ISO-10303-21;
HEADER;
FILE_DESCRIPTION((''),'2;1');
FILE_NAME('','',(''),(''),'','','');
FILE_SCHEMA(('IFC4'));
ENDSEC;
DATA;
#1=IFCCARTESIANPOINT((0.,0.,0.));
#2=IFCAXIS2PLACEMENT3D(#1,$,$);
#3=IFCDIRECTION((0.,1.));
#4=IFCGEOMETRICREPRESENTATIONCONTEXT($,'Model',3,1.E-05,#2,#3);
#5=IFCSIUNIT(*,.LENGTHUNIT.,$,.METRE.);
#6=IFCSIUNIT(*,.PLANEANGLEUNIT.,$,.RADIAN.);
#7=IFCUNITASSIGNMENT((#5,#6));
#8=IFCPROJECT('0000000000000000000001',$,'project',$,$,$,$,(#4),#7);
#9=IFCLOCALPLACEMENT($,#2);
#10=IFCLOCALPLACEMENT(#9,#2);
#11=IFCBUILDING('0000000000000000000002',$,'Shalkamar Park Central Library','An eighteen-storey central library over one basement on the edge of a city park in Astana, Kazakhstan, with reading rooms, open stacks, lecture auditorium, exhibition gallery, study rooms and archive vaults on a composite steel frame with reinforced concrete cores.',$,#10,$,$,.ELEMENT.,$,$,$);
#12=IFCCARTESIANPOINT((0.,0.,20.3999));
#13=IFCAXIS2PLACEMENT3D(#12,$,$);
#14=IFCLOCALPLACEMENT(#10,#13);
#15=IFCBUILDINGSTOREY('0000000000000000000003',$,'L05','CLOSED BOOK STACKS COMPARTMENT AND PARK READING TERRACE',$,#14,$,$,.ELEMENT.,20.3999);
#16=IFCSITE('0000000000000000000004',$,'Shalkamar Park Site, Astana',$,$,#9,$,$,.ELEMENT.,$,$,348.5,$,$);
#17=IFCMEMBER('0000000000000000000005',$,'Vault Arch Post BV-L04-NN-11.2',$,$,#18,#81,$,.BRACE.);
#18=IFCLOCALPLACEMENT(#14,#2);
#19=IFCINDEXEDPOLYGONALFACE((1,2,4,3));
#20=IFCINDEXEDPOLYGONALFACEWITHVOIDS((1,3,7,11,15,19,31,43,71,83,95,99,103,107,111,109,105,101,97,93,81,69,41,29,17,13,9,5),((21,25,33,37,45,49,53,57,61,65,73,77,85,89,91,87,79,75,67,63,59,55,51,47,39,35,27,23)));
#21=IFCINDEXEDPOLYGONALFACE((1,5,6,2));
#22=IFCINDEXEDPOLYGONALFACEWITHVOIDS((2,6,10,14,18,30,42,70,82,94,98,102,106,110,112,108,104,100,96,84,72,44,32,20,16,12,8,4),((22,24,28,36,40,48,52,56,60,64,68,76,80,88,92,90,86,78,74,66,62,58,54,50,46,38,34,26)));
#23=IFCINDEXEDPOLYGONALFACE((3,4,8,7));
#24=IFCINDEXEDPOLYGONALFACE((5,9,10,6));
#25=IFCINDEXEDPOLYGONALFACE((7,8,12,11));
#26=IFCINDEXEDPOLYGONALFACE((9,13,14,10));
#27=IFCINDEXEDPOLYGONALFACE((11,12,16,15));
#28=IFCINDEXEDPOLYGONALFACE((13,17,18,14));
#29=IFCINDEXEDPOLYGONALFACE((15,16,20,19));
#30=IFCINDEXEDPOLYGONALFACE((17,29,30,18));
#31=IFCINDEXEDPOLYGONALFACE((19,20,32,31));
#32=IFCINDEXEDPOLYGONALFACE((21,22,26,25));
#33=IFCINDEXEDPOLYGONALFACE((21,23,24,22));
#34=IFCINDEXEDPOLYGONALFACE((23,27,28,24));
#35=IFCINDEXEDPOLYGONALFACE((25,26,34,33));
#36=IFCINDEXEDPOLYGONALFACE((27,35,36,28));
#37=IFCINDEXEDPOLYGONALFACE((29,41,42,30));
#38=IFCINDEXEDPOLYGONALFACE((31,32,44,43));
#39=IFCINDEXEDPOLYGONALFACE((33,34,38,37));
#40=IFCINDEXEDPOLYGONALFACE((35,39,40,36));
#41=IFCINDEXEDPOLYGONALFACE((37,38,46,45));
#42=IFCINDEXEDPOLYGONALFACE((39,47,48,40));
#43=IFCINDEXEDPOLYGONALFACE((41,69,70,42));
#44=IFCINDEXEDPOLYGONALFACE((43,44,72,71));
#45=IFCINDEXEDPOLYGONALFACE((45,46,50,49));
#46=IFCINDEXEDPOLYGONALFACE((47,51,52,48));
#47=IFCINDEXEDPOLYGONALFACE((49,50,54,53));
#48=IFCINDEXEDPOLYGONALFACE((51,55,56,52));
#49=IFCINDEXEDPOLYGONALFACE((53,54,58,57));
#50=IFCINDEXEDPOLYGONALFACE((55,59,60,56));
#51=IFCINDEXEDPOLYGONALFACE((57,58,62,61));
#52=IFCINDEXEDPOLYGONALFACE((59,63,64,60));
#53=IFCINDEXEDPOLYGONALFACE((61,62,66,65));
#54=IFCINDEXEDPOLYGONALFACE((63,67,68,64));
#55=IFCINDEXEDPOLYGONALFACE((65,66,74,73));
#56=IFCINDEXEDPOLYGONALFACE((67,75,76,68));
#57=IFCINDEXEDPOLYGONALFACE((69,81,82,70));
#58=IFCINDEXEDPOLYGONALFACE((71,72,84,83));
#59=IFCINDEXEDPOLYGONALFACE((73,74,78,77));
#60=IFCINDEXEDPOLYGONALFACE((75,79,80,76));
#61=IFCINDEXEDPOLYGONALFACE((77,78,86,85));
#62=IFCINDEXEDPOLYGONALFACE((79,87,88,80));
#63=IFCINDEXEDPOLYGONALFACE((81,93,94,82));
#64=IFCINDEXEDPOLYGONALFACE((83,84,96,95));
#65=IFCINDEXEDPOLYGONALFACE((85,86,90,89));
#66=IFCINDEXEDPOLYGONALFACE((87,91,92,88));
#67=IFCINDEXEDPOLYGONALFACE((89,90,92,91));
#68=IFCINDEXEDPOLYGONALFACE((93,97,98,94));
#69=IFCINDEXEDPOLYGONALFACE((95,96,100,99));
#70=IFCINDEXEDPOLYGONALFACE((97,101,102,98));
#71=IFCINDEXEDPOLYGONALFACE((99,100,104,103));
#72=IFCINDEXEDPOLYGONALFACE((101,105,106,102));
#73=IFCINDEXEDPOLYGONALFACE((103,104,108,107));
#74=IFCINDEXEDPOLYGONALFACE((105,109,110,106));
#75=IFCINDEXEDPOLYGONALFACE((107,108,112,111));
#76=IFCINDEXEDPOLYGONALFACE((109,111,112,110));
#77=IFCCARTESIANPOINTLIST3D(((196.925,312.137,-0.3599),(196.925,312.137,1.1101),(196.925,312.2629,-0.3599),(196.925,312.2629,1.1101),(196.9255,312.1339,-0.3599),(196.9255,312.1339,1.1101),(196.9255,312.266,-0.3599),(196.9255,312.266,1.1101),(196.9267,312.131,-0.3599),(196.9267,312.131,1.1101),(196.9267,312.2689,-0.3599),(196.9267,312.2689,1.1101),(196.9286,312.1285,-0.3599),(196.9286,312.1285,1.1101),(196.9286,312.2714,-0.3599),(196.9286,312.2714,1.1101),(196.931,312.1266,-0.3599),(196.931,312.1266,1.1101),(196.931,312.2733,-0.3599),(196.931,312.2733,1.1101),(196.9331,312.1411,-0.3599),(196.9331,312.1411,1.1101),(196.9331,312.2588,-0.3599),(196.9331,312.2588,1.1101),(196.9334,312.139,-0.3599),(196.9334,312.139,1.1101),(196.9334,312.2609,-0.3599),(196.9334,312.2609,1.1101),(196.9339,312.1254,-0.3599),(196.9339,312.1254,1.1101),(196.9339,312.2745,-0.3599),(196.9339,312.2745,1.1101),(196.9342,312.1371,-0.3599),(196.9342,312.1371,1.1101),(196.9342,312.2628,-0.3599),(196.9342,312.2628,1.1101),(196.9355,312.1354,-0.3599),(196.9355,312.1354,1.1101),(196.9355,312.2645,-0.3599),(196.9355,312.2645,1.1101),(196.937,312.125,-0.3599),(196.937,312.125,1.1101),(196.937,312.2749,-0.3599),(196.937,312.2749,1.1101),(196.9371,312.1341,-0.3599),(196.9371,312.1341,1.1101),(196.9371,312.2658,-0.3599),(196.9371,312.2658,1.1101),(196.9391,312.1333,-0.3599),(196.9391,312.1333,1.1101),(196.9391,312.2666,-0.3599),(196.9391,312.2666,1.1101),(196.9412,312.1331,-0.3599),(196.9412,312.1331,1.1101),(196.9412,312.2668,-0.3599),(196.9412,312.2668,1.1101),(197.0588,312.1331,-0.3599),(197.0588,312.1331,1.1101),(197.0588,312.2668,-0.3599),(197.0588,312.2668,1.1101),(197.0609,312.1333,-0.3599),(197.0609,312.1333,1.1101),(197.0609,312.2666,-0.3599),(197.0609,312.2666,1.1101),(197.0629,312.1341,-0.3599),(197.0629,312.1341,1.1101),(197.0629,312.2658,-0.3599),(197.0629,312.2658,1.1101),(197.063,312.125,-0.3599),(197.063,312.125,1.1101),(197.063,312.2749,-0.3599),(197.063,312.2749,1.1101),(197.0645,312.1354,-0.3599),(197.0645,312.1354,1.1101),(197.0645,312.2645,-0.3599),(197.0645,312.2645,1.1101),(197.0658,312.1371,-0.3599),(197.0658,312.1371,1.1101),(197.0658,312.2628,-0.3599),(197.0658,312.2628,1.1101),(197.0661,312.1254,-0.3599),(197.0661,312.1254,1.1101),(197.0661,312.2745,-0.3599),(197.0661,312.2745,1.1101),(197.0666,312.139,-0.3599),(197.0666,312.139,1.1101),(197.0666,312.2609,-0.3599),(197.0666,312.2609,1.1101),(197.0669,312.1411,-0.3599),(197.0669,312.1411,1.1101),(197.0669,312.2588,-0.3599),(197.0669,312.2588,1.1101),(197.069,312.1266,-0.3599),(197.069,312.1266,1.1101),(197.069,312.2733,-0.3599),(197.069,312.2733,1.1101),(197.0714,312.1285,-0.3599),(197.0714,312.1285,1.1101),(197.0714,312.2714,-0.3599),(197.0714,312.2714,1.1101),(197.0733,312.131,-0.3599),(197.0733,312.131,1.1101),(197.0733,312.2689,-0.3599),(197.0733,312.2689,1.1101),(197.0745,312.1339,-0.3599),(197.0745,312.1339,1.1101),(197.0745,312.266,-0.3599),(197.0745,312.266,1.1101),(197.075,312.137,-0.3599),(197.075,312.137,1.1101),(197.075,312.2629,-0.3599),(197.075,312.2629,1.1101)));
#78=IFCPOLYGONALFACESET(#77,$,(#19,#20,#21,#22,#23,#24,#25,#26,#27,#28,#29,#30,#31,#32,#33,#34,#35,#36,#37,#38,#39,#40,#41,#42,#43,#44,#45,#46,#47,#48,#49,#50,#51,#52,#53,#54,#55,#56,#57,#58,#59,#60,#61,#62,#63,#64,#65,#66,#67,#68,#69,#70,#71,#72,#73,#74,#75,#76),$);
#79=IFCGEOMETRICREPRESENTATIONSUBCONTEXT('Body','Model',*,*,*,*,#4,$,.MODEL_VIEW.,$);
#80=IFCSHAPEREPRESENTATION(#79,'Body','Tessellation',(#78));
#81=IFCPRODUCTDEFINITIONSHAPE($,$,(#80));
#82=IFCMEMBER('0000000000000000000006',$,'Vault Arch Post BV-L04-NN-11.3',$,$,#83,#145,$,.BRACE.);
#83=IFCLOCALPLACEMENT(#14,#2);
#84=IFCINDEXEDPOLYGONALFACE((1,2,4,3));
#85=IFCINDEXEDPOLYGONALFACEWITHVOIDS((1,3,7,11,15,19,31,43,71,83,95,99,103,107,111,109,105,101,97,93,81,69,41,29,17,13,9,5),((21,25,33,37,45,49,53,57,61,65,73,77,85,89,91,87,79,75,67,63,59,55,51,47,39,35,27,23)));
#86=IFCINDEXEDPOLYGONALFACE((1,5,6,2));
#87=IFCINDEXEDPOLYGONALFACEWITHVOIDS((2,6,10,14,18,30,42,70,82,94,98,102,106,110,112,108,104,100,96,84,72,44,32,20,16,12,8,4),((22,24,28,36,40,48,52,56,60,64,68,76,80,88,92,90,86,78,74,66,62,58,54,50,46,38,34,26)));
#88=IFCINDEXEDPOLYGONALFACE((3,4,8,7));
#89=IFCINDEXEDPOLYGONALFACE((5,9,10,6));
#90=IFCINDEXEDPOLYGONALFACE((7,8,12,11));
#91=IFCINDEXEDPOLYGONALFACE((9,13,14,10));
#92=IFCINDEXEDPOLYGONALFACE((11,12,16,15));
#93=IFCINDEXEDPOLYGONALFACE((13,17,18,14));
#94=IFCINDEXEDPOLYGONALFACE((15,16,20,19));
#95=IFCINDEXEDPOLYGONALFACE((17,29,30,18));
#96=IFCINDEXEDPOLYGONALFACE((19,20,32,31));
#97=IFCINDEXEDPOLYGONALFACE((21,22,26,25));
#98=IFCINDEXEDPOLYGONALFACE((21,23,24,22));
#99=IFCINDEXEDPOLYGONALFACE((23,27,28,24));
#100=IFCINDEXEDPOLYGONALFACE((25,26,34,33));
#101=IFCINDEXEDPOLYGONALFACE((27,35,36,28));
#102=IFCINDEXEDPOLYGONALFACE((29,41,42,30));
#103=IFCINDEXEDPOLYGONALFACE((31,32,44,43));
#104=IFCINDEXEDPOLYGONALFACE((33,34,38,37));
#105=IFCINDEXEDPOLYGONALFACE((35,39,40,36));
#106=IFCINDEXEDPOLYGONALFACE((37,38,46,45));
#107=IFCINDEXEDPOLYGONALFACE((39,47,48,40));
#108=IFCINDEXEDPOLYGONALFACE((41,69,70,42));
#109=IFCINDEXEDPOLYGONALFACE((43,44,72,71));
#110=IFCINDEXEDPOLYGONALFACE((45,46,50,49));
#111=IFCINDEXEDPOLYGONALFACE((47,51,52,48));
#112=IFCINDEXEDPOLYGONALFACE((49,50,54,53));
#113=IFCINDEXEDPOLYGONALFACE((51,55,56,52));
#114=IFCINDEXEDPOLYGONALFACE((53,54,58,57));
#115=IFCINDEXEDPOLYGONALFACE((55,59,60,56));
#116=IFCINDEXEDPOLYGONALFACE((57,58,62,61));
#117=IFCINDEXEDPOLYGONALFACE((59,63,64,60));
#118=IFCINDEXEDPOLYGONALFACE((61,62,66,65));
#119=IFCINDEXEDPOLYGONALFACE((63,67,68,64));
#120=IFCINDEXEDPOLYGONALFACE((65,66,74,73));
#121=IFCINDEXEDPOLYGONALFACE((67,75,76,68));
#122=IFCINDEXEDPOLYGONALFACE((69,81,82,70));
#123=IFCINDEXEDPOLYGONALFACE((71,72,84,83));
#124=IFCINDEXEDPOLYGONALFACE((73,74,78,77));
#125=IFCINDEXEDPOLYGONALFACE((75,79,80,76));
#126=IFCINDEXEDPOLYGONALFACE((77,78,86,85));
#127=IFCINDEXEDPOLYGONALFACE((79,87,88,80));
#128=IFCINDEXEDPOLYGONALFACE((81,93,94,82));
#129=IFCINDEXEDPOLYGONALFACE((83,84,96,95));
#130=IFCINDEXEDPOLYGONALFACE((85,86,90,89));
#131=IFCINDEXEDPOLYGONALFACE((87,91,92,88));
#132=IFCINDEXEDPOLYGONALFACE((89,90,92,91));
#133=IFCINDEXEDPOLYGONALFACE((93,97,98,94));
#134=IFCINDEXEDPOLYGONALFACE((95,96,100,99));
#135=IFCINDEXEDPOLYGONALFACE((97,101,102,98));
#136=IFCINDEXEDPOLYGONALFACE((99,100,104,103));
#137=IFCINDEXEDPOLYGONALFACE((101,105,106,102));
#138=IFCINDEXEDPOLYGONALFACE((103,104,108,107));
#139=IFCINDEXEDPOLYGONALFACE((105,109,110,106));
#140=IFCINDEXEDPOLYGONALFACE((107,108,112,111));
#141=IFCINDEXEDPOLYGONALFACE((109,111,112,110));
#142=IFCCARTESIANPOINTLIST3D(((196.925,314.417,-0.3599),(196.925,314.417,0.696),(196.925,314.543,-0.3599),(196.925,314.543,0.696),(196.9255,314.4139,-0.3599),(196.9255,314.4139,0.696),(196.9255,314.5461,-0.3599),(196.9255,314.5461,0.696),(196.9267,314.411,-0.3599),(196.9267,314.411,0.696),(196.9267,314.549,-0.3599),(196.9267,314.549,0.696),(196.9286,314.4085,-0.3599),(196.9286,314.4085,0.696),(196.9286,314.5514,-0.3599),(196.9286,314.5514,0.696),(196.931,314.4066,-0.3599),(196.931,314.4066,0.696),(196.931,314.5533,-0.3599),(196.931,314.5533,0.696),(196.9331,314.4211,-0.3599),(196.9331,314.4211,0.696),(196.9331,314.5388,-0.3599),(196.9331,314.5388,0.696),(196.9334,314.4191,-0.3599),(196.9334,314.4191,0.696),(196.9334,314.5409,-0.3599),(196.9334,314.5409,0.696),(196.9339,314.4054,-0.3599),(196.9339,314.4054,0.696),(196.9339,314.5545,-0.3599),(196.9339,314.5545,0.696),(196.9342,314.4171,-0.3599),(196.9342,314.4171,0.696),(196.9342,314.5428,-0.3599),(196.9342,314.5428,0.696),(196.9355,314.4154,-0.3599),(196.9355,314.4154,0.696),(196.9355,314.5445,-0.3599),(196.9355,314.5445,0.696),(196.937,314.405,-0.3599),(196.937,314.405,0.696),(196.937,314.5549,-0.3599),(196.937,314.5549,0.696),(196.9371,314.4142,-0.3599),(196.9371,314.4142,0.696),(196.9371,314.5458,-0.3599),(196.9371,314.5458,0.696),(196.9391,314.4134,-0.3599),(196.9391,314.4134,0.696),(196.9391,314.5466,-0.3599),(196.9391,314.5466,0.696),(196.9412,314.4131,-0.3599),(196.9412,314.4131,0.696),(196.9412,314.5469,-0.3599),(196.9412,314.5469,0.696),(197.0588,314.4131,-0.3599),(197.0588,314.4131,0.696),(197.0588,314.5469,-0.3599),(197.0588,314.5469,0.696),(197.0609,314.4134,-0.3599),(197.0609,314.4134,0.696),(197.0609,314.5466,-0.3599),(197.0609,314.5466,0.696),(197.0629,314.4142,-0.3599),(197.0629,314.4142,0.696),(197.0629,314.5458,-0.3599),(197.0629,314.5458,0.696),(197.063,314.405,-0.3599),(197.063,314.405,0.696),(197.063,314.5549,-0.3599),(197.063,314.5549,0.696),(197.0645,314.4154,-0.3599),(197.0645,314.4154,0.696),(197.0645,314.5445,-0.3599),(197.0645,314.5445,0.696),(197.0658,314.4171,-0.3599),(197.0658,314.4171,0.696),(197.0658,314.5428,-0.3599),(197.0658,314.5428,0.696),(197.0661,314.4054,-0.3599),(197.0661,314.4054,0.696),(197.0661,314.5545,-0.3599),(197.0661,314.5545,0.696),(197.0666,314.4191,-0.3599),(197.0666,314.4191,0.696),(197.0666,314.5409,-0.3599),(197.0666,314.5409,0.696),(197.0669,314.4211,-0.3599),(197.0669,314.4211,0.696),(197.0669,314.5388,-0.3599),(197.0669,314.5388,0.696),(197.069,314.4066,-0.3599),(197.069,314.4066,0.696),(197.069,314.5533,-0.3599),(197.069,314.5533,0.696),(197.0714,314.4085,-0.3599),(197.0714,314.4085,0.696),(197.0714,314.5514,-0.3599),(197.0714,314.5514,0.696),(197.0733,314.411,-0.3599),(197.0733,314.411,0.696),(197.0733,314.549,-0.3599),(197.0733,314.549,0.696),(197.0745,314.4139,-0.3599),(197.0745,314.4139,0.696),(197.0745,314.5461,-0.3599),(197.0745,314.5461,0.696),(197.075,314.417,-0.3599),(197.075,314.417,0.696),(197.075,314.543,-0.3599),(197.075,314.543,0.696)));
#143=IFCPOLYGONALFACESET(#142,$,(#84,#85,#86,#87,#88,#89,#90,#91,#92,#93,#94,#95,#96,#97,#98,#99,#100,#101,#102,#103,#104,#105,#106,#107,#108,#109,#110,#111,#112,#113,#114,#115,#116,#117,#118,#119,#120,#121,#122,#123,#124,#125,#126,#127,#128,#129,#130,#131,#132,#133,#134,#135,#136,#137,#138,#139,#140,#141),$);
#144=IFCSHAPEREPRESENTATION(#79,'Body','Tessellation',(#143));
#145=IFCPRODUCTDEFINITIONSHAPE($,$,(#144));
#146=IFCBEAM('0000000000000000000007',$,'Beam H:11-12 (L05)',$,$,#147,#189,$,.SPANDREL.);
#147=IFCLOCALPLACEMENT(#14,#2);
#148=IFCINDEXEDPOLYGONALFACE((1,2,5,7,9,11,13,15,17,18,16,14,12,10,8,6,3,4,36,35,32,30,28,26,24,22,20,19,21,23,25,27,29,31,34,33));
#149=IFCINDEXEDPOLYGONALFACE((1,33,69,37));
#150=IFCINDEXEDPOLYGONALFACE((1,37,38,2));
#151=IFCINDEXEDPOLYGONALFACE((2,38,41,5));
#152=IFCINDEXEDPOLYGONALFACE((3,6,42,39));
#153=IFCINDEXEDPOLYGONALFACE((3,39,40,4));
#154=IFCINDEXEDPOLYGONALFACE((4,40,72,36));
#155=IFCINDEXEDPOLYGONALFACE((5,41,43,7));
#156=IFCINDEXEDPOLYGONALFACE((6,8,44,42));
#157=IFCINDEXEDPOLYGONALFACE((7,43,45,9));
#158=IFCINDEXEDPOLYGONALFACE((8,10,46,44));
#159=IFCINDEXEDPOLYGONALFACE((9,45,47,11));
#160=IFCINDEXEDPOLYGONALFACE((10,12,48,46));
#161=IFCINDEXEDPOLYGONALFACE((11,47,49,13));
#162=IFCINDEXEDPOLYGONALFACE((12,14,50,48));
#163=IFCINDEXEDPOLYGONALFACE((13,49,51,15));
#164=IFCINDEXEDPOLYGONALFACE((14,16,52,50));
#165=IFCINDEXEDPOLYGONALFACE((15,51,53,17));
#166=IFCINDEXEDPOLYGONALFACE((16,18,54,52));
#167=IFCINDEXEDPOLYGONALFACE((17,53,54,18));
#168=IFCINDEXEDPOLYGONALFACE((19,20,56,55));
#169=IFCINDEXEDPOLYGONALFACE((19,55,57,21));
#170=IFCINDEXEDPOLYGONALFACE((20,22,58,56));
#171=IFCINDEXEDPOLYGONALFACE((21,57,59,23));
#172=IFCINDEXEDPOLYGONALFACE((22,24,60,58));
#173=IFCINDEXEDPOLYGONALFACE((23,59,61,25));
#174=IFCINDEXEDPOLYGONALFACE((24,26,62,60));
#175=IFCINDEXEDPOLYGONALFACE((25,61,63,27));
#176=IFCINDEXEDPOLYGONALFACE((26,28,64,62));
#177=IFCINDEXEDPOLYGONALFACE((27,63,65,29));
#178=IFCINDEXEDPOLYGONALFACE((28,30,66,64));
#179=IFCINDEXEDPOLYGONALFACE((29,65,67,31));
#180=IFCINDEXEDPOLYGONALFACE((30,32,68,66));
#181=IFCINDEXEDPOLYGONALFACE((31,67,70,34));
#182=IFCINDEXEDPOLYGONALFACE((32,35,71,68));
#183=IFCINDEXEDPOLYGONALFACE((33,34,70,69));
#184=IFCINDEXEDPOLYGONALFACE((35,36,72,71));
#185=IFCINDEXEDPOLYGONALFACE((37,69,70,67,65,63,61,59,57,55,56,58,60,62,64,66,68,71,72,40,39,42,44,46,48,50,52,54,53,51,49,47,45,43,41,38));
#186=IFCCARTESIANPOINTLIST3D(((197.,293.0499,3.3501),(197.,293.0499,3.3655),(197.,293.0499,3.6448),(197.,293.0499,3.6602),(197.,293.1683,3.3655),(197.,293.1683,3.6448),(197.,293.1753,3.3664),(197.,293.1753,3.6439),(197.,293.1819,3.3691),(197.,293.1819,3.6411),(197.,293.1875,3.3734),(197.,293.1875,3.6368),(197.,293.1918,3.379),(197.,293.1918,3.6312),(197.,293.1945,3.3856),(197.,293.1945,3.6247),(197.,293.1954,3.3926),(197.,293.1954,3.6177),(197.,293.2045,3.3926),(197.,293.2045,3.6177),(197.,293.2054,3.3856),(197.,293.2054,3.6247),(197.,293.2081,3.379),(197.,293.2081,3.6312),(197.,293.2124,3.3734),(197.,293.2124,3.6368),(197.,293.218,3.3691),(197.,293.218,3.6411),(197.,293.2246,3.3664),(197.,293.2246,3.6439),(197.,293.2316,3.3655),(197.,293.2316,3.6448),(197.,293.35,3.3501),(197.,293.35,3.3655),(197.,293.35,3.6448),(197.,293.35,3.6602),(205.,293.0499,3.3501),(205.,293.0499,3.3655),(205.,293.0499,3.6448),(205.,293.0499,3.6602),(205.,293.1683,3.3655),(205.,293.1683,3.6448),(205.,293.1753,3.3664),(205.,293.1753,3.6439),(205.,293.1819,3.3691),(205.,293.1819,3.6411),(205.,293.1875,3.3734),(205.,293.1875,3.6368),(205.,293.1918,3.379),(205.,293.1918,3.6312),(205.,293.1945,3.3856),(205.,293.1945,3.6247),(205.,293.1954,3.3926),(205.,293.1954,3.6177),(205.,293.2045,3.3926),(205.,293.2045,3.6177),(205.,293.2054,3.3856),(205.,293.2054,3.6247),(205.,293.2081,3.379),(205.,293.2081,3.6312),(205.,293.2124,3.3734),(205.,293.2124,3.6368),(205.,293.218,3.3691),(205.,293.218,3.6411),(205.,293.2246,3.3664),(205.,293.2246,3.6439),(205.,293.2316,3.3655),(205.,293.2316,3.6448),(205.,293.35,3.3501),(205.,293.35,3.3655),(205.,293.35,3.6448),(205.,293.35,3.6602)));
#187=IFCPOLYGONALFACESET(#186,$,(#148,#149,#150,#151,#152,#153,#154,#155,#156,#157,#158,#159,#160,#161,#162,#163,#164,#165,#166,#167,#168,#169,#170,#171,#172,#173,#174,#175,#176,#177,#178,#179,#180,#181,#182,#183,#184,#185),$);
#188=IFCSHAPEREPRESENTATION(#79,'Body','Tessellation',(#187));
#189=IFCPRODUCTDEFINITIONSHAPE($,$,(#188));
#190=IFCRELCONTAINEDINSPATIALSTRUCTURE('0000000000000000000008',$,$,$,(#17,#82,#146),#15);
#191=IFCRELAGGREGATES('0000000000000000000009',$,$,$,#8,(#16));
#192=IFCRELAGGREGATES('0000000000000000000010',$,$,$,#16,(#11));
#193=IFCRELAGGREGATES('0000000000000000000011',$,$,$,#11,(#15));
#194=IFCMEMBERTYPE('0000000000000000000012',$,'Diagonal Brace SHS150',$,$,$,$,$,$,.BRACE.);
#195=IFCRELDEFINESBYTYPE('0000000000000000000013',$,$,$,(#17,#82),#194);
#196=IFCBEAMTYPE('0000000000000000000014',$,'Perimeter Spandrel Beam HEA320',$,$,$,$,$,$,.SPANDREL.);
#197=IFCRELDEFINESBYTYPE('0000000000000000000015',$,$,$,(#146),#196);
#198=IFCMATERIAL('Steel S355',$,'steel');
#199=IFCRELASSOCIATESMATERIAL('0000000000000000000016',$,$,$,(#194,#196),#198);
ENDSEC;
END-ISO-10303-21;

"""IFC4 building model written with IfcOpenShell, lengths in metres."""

from ifc_helpers import new_model, si_unit, direction, frame, origin, origin_2d, place, context, subcontext, project, spatial, hollow_rectangle, i_section, extrude, material, material_profile, profile_set, type_object, element, save


model = new_model("IFC4")

# Units and contexts
model_context = context("Model", 3, precision=1e-05, world=origin(), true_north=direction((0.0, 1.0)))
body_context = subcontext(model_context, "Body", "Model", "MODEL_VIEW")
ifc_project = project(units=[si_unit("LENGTHUNIT", "METRE"), si_unit("PLANEANGLEUNIT", "RADIAN")], contexts=[model_context])

# Site, building, storey
site_placement = place(None, origin())
site = spatial("IfcSite", under=ifc_project, at=site_placement, Name="Shalkamar Park Site, Astana", CompositionType="ELEMENT", RefElevation=348.5)
building_placement = place(site_placement, origin())
building = spatial("IfcBuilding", under=site, at=building_placement, Name="Shalkamar Park Central Library", Description="An eighteen-storey central library over one basement on the edge of a city park in Astana, Kazakhstan, with reading rooms, open stacks, lecture auditorium, exhibition gallery, study rooms and archive vaults on a composite steel frame with reinforced concrete cores.", CompositionType="ELEMENT")
storey_placement = place(building_placement, frame((0.0, 0.0, 20.3999)))
storey = spatial("IfcBuildingStorey", under=building, at=storey_placement, Name="L05", Description="CLOSED BOOK STACKS COMPARTMENT AND PARK READING TERRACE", CompositionType="ELEMENT", Elevation=20.3999)

# Shared definitions
ifc_material_1 = material(Name="Steel S355", Category="steel")

# Members
ifc_material_profile_1 = material_profile(ifc_material_1, hollow_rectangle(XDim=0.1499, YDim=0.1499, WallThickness=0.0081, InnerFilletRadius=0.0081, OuterFilletRadius=0.012, at=origin_2d()), Name="SHS 150x150x8")
ifc_profile_set_1 = profile_set([ifc_material_profile_1], Name="Steel S355")
member_type_1 = type_object("IfcMemberType", Name="Diagonal Brace SHS150", PredefinedType="BRACE", material=ifc_profile_set_1)
member_1_placement = place(storey_placement, frame((197.0, 312.2, -0.3599), z_axis=(0.0, 0.0, 1.0), x_axis=(1.0, 0.0, 0.0)))
element("IfcMember", 1, at=member_1_placement, inside=storey, type_object=member_type_1, Name="Vault Arch Post BV-L04-NN-11.2", PredefinedType="BRACE", context=body_context, shape_type="SweptSolid", body=[
    extrude(hollow_rectangle(XDim=0.1499, YDim=0.1499, WallThickness=0.0081, InnerFilletRadius=0.0081, OuterFilletRadius=0.012, at=origin_2d()), origin(), (0.0, 0.0, 1.0), 1.47),
])
member_2_placement = place(storey_placement, frame((197.0, 314.48, -0.3599), z_axis=(0.0, 0.0, 1.0), x_axis=(1.0, 0.0, 0.0)))
element("IfcMember", 2, at=member_2_placement, inside=storey, type_object=member_type_1, Name="Vault Arch Post BV-L04-NN-11.3", PredefinedType="BRACE", context=body_context, shape_type="SweptSolid", body=[
    extrude(hollow_rectangle(XDim=0.1499, YDim=0.1499, WallThickness=0.0081, InnerFilletRadius=0.0081, OuterFilletRadius=0.012, at=origin_2d()), origin(), (0.0, 0.0, 1.0), 1.0559),
])

# Beam
ifc_material_profile_2 = material_profile(ifc_material_1, i_section(OverallWidth=0.3, OverallDepth=0.3101, WebThickness=0.009, FlangeThickness=0.0154, FilletRadius=0.0271, at=origin_2d()), Name="HEA 320")
ifc_profile_set_2 = profile_set([ifc_material_profile_2], Name="Steel S355")
beam_type = type_object("IfcBeamType", Name="Perimeter Spandrel Beam HEA320", PredefinedType="SPANDREL", material=ifc_profile_set_2)
beam_placement = place(storey_placement, frame((197.0, 293.2, 3.5051), z_axis=(1.0, 0.0, 0.0), x_axis=(0.0, 1.0, 0.0)))
element("IfcBeam", 3, at=beam_placement, inside=storey, type_object=beam_type, Name="Beam H:11-12 (L05)", PredefinedType="SPANDREL", context=body_context, shape_type="SweptSolid", body=[
    extrude(i_section(OverallWidth=0.3, OverallDepth=0.3101, WebThickness=0.009, FlangeThickness=0.0154, FilletRadius=0.0271, at=origin_2d()), origin(), (0.0, 0.0, 1.0), 8.0),
])

save(model, "model.ifc")
